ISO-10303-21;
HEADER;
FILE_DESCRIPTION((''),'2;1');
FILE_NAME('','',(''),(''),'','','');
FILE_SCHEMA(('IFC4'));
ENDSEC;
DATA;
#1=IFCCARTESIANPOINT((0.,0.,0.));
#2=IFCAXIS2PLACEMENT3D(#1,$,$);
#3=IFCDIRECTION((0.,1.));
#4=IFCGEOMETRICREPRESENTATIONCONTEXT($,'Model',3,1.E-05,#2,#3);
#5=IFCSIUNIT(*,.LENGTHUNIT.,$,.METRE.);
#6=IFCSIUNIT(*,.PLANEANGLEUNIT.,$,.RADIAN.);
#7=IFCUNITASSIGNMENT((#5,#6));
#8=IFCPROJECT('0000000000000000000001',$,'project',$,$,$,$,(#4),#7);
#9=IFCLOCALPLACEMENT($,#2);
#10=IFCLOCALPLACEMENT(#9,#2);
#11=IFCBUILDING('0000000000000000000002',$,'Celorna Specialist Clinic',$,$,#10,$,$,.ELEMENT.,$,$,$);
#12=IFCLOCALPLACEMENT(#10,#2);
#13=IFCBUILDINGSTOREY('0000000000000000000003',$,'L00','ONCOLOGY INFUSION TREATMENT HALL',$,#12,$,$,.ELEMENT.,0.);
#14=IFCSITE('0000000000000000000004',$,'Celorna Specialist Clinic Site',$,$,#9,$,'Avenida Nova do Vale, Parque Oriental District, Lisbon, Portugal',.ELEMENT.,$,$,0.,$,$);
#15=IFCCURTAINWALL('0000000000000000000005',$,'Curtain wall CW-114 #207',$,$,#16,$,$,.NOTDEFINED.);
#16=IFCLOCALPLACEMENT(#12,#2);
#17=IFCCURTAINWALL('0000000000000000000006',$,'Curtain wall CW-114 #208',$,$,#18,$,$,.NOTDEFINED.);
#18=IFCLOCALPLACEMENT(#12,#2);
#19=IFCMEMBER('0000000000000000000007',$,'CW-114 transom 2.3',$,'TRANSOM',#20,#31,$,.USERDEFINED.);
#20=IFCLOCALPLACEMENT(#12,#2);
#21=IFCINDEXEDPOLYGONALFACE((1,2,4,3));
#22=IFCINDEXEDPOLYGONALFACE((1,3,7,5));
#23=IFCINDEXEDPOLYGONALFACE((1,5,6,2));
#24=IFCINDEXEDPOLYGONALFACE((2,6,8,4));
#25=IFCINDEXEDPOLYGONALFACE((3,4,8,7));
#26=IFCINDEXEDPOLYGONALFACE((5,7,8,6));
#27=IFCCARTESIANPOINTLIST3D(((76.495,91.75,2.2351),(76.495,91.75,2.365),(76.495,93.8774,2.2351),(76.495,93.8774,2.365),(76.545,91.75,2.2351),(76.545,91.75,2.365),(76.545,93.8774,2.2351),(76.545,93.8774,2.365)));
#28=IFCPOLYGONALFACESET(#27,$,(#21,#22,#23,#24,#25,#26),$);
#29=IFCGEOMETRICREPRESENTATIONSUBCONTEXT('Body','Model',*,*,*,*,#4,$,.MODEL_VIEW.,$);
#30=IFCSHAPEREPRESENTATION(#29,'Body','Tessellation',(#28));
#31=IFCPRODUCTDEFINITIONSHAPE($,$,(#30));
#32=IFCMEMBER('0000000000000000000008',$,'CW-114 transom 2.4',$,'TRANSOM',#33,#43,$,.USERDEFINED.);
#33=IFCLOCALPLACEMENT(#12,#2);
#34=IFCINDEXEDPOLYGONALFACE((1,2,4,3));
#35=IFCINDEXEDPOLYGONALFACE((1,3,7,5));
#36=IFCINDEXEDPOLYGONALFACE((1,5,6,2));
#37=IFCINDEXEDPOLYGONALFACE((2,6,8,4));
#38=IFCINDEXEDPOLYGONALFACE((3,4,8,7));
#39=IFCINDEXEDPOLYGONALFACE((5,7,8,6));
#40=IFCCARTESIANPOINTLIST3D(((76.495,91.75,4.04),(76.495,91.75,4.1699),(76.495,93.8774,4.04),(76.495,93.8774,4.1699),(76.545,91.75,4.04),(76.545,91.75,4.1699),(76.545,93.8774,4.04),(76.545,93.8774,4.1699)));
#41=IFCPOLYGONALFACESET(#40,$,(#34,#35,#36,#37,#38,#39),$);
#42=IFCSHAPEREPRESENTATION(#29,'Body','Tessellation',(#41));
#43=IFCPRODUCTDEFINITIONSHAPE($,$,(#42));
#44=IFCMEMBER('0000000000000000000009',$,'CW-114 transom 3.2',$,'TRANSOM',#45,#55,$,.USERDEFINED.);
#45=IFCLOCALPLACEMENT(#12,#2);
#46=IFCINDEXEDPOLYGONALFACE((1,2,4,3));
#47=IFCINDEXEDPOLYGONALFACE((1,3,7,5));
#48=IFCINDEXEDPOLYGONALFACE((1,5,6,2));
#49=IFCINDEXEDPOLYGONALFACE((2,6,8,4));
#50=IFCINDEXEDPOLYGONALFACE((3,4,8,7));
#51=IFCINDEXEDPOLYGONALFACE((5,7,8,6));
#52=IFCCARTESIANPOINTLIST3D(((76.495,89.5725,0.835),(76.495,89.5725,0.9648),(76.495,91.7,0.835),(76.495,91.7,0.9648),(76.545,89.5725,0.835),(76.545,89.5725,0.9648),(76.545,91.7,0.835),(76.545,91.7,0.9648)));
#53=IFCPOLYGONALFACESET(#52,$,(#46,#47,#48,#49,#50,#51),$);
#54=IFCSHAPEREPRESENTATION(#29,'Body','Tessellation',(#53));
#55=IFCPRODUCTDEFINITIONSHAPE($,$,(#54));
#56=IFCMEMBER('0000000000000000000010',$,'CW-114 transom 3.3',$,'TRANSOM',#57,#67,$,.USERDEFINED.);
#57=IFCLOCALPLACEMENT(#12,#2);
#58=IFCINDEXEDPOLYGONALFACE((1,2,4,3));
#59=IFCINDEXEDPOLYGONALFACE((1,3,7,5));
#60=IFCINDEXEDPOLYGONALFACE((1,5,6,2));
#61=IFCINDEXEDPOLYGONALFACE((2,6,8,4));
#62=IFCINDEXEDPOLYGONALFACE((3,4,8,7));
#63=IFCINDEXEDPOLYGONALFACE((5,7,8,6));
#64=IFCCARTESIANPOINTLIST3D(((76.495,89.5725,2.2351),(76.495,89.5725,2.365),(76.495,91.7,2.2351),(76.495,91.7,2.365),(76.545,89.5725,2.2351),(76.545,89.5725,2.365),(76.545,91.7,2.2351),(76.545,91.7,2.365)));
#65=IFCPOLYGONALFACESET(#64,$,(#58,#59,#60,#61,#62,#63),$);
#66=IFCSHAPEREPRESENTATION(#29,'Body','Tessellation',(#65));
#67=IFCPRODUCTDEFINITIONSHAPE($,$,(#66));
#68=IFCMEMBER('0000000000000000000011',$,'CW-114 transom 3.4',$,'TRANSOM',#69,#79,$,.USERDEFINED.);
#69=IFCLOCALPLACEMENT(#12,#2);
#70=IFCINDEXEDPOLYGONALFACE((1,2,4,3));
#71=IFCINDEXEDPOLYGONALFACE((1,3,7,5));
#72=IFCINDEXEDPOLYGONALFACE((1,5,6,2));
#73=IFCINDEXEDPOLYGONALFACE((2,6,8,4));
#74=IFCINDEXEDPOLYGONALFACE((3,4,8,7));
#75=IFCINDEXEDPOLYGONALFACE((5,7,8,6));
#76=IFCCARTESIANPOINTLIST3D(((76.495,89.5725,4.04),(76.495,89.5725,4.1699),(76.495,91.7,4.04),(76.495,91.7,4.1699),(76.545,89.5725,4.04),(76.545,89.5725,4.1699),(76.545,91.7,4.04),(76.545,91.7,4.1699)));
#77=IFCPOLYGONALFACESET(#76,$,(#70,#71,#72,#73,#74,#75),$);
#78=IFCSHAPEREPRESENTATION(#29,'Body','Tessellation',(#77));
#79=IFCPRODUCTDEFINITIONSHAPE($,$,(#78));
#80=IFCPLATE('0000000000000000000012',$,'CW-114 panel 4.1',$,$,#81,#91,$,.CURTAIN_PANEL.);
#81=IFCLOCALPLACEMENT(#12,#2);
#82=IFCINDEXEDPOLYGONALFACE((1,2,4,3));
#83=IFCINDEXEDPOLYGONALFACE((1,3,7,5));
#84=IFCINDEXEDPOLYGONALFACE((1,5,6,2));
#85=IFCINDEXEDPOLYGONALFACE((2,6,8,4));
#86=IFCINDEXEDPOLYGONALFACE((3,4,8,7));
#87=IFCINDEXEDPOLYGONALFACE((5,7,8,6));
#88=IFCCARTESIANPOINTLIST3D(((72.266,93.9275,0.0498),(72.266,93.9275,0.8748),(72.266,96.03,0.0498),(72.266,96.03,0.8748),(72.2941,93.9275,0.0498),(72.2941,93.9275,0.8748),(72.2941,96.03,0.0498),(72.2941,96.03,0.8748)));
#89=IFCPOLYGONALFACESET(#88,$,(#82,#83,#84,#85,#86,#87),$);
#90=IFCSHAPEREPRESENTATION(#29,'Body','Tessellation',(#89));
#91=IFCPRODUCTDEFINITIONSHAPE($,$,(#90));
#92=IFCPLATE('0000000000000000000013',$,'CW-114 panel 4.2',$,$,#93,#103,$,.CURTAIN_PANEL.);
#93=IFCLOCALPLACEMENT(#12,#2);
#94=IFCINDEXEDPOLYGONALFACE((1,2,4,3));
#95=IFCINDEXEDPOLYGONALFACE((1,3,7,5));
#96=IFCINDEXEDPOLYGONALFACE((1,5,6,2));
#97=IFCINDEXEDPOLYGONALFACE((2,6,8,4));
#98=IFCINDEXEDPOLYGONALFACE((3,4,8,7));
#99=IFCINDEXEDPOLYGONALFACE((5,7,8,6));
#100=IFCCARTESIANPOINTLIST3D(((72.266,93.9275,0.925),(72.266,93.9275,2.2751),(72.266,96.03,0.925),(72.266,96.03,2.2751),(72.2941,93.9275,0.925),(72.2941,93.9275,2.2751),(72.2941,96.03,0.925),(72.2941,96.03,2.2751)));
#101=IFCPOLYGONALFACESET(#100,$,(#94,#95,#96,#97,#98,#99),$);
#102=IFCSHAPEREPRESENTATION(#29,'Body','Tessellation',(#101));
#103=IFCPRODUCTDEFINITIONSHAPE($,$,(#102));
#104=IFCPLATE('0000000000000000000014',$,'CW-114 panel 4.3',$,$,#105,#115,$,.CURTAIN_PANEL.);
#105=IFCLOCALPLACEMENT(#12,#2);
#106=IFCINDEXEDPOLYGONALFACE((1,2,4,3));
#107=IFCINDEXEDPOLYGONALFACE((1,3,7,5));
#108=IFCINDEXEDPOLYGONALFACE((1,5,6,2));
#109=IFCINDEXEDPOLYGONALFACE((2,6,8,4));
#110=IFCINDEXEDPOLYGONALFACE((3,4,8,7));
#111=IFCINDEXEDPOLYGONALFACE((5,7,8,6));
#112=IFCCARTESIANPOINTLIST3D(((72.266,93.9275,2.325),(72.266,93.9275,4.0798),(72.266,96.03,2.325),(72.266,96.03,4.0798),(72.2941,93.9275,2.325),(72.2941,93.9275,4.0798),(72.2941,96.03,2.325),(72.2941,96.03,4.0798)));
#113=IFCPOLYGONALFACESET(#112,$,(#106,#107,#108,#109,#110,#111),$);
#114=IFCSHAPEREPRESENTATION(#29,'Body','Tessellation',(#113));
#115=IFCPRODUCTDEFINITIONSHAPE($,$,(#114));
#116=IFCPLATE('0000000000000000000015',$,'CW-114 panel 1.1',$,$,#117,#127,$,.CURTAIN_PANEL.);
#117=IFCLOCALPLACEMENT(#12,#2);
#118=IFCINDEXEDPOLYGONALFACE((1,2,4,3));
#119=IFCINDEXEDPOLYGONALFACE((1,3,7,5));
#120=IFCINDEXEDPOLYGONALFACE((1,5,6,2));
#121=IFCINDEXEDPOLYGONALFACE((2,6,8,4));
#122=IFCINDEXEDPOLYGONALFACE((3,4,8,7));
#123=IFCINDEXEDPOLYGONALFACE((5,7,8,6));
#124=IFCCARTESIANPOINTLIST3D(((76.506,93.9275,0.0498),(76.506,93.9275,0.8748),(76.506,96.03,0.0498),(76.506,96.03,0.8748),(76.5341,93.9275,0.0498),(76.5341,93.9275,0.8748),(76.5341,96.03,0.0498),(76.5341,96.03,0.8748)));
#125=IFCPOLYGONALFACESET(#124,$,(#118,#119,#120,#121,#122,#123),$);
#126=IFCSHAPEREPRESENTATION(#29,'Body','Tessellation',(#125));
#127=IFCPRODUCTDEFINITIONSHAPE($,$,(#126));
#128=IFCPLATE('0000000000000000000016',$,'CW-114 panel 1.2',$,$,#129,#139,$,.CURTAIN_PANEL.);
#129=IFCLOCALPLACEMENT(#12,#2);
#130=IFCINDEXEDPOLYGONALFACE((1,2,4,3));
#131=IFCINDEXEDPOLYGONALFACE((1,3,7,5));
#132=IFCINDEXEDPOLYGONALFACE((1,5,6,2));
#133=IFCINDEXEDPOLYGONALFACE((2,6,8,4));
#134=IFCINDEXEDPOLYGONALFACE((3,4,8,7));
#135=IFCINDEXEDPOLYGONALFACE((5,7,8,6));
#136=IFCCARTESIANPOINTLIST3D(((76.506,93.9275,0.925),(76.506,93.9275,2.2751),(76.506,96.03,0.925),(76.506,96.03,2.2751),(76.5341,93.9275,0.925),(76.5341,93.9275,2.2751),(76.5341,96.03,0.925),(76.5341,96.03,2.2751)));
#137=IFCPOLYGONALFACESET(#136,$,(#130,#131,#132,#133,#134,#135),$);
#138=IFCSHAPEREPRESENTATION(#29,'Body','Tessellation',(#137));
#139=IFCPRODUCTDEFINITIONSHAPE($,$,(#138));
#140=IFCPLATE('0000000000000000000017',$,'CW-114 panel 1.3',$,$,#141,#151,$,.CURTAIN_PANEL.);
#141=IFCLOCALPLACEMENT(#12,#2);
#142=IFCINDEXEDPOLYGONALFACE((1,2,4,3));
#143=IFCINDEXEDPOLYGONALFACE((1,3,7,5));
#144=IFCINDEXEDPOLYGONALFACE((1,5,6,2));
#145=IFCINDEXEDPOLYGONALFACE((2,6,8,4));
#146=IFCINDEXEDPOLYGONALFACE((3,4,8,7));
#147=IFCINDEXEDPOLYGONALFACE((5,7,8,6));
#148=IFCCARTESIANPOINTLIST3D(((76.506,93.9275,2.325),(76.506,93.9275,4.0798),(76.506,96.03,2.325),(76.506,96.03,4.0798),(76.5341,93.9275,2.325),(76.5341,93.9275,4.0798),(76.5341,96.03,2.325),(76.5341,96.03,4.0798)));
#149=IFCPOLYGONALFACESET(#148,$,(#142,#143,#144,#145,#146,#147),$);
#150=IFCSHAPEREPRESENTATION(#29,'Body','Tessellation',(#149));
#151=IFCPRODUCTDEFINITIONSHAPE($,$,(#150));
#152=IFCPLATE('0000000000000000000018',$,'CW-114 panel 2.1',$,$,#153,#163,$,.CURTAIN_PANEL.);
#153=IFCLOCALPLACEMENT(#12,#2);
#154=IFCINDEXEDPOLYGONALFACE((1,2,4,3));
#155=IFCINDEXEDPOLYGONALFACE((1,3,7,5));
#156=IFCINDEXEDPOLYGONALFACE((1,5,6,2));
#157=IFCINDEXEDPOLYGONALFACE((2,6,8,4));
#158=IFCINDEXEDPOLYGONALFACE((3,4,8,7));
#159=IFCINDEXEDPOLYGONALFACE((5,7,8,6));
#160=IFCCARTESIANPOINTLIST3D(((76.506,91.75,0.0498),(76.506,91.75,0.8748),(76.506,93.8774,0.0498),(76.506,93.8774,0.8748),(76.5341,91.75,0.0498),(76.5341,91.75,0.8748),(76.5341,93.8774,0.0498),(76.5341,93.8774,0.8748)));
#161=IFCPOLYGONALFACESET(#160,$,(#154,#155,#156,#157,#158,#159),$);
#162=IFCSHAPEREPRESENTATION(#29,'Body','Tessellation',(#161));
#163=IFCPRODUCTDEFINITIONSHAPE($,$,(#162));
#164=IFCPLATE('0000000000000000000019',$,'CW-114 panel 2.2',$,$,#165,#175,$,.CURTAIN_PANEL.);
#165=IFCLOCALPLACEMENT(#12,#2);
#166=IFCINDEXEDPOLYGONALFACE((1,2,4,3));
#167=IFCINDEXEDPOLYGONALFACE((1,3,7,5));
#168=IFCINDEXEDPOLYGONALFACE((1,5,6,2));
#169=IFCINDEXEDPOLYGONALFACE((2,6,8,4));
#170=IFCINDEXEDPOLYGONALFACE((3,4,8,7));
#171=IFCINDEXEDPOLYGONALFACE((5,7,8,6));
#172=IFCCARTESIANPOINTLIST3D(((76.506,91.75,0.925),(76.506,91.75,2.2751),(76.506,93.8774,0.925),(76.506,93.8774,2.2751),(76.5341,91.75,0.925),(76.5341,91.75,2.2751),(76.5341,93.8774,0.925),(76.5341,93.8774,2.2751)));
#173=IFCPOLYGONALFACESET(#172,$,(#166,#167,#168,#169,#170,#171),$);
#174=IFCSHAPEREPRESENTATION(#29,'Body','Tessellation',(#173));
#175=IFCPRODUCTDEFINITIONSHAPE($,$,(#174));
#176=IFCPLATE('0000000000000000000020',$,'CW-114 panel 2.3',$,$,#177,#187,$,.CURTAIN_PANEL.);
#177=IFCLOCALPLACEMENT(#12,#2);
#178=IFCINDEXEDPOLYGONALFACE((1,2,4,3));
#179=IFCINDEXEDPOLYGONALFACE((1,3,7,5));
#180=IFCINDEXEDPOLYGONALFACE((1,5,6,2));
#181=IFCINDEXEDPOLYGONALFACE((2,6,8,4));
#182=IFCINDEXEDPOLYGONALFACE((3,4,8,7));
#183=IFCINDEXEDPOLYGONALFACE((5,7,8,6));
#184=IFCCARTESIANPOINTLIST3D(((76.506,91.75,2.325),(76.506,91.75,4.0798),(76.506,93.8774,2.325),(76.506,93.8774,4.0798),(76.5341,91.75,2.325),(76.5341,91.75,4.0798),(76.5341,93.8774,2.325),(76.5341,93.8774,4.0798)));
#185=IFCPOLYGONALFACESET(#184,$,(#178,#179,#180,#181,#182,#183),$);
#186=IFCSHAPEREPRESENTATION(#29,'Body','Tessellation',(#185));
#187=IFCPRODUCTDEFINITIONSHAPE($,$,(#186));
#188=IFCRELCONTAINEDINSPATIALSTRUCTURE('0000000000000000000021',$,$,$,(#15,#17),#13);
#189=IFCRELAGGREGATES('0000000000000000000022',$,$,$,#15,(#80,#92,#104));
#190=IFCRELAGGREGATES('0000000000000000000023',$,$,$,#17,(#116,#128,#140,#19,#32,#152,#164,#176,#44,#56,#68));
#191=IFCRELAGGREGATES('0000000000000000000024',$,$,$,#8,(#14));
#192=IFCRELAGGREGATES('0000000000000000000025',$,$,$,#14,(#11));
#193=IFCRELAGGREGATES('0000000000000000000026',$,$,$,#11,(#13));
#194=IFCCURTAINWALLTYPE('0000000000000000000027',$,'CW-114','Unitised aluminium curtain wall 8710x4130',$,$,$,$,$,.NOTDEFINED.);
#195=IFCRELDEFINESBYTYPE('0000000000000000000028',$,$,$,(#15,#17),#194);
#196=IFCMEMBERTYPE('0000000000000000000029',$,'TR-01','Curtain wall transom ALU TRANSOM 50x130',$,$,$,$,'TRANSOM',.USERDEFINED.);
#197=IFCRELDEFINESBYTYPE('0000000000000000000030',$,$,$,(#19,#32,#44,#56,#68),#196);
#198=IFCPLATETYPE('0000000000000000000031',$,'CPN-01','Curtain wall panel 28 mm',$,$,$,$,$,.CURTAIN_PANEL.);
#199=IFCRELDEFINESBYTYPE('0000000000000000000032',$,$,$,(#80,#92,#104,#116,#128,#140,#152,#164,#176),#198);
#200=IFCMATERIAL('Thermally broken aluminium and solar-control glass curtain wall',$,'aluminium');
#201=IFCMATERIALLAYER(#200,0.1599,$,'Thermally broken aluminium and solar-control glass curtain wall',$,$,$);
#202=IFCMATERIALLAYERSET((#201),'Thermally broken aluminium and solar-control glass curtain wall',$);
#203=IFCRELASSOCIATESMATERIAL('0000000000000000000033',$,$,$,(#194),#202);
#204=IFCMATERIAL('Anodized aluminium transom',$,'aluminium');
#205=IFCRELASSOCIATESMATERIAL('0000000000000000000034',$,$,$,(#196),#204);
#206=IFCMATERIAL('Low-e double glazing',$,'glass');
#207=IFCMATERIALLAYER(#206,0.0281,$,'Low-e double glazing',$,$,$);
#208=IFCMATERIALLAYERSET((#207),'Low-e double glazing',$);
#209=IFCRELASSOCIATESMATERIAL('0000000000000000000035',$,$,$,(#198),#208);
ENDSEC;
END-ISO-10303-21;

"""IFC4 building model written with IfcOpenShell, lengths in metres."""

from ifc_helpers import new_model, si_unit, direction, frame, origin, origin_2d, place, context, subcontext, project, spatial, rectangle, extrude, material, layer, layer_set, material_profile, profile_set, type_object, element, aggregate, save


model = new_model("IFC4")

# Units and contexts
model_context = context("Model", 3, precision=1e-05, world=origin(), true_north=direction((0.0, 1.0)))
body_context = subcontext(model_context, "Body", "Model", "MODEL_VIEW")
ifc_project = project(units=[si_unit("LENGTHUNIT", "METRE"), si_unit("PLANEANGLEUNIT", "RADIAN")], contexts=[model_context])

# Site, building, storey
site_placement = place(None, origin())
site = spatial("IfcSite", under=ifc_project, at=site_placement, Name="Celorna Specialist Clinic Site", LongName="Avenida Nova do Vale, Parque Oriental District, Lisbon, Portugal", CompositionType="ELEMENT", RefElevation=0.0)
building_placement = place(site_placement, origin())
building = spatial("IfcBuilding", under=site, at=building_placement, Name="Celorna Specialist Clinic", CompositionType="ELEMENT")
storey_placement = place(building_placement, origin())
storey = spatial("IfcBuildingStorey", under=building, at=storey_placement, Name="L00", Description="ONCOLOGY INFUSION TREATMENT HALL", CompositionType="ELEMENT", Elevation=0.0)

# Curtain wall
ifc_material_1 = material(Name="Thermally broken aluminium and solar-control glass curtain wall", Category="aluminium")
ifc_layer_1 = layer(ifc_material_1, 0.1599, Name="Thermally broken aluminium and solar-control glass curtain wall")
ifc_layer_set_1 = layer_set([ifc_layer_1], Name="Thermally broken aluminium and solar-control glass curtain wall")
curtain_wall_type = type_object("IfcCurtainWallType", Name="CW-114", Description="Unitised aluminium curtain wall 8710x4130", PredefinedType="NOTDEFINED", material=ifc_layer_set_1)
curtain_wall_1_placement = place(storey_placement, origin())
curtain_wall_1 = element("IfcCurtainWall", 1, at=curtain_wall_1_placement, inside=storey, type_object=curtain_wall_type, Name="Curtain wall CW-114 #207", PredefinedType="NOTDEFINED")

# Curtain wall
curtain_wall_2_placement = place(storey_placement, origin())
curtain_wall_2 = element("IfcCurtainWall", 2, at=curtain_wall_2_placement, inside=storey, type_object=curtain_wall_type, Name="Curtain wall CW-114 #208", PredefinedType="NOTDEFINED")

# Members
ifc_material_2 = material(Name="Anodized aluminium transom", Category="aluminium")
ifc_material_profile_1 = material_profile(ifc_material_2, rectangle(XDim=0.05, YDim=0.1299, at=origin_2d()), Name="ALU TRANSOM 50x130")
ifc_profile_set_1 = profile_set([ifc_material_profile_1], Name="Anodized aluminium transom")
member_type_1 = type_object("IfcMemberType", Name="TR-01", Description="Curtain wall transom ALU TRANSOM 50x130", ElementType="TRANSOM", PredefinedType="USERDEFINED", material=ifc_profile_set_1)
member_1_placement = place(storey_placement, frame((76.52, 93.8774, 2.3), z_axis=(0.0, -1.0, 0.0), x_axis=(1.0, 0.0, 0.0)))
member_1 = element("IfcMember", 3, at=member_1_placement, type_object=member_type_1, Name="CW-114 transom 2.3", ObjectType="TRANSOM", PredefinedType="USERDEFINED", context=body_context, shape_type="SweptSolid", body=[
    extrude(rectangle(XDim=0.05, YDim=0.1299, at=origin_2d()), origin(), (0.0, 0.0, 1.0), 2.1274),
])
member_2_placement = place(storey_placement, frame((76.52, 93.8774, 4.105), z_axis=(0.0, -1.0, 0.0), x_axis=(1.0, 0.0, 0.0)))
member_2 = element("IfcMember", 4, at=member_2_placement, type_object=member_type_1, Name="CW-114 transom 2.4", ObjectType="TRANSOM", PredefinedType="USERDEFINED", context=body_context, shape_type="SweptSolid", body=[
    extrude(rectangle(XDim=0.05, YDim=0.1299, at=origin_2d()), origin(), (0.0, 0.0, 1.0), 2.1274),
])
member_3_placement = place(storey_placement, frame((76.52, 91.7, 0.8999), z_axis=(0.0, -1.0, 0.0), x_axis=(1.0, 0.0, 0.0)))
member_3 = element("IfcMember", 5, at=member_3_placement, type_object=member_type_1, Name="CW-114 transom 3.2", ObjectType="TRANSOM", PredefinedType="USERDEFINED", context=body_context, shape_type="SweptSolid", body=[
    extrude(rectangle(XDim=0.05, YDim=0.1299, at=origin_2d()), origin(), (0.0, 0.0, 1.0), 2.1274),
])
member_4_placement = place(storey_placement, frame((76.52, 91.7, 2.3), z_axis=(0.0, -1.0, 0.0), x_axis=(1.0, 0.0, 0.0)))
member_4 = element("IfcMember", 6, at=member_4_placement, type_object=member_type_1, Name="CW-114 transom 3.3", ObjectType="TRANSOM", PredefinedType="USERDEFINED", context=body_context, shape_type="SweptSolid", body=[
    extrude(rectangle(XDim=0.05, YDim=0.1299, at=origin_2d()), origin(), (0.0, 0.0, 1.0), 2.1274),
])
member_5_placement = place(storey_placement, frame((76.52, 91.7, 4.105), z_axis=(0.0, -1.0, 0.0), x_axis=(1.0, 0.0, 0.0)))
member_5 = element("IfcMember", 7, at=member_5_placement, type_object=member_type_1, Name="CW-114 transom 3.4", ObjectType="TRANSOM", PredefinedType="USERDEFINED", context=body_context, shape_type="SweptSolid", body=[
    extrude(rectangle(XDim=0.05, YDim=0.1299, at=origin_2d()), origin(), (0.0, 0.0, 1.0), 2.1274),
])

# Plates
ifc_material_3 = material(Name="Low-e double glazing", Category="glass")
ifc_layer_2 = layer(ifc_material_3, 0.0281, Name="Low-e double glazing")
ifc_layer_set_2 = layer_set([ifc_layer_2], Name="Low-e double glazing")
plate_type_1 = type_object("IfcPlateType", Name="CPN-01", Description="Curtain wall panel 28 mm", PredefinedType="CURTAIN_PANEL", material=ifc_layer_set_2)
plate_1_placement = place(storey_placement, frame((72.28, 94.9788, 0.0498), z_axis=(0.0, 0.0, 1.0), x_axis=(0.0, 1.0, 0.0)))
plate_1 = element("IfcPlate", 8, at=plate_1_placement, type_object=plate_type_1, Name="CW-114 panel 4.1", PredefinedType="CURTAIN_PANEL", context=body_context, shape_type="SweptSolid", body=[
    extrude(rectangle(XDim=2.1025, YDim=0.0281, at=origin_2d()), origin(), (0.0, 0.0, 1.0), 0.825),
])
plate_2_placement = place(storey_placement, frame((72.28, 94.9788, 0.925), z_axis=(0.0, 0.0, 1.0), x_axis=(0.0, 1.0, 0.0)))
plate_2 = element("IfcPlate", 9, at=plate_2_placement, type_object=plate_type_1, Name="CW-114 panel 4.2", PredefinedType="CURTAIN_PANEL", context=body_context, shape_type="SweptSolid", body=[
    extrude(rectangle(XDim=2.1025, YDim=0.0281, at=origin_2d()), origin(), (0.0, 0.0, 1.0), 1.3501),
])
plate_3_placement = place(storey_placement, frame((72.28, 94.9788, 2.325), z_axis=(0.0, 0.0, 1.0), x_axis=(0.0, 1.0, 0.0)))
plate_3 = element("IfcPlate", 10, at=plate_3_placement, type_object=plate_type_1, Name="CW-114 panel 4.3", PredefinedType="CURTAIN_PANEL", context=body_context, shape_type="SweptSolid", body=[
    extrude(rectangle(XDim=2.1025, YDim=0.0281, at=origin_2d()), origin(), (0.0, 0.0, 1.0), 1.7549),
])
aggregate(curtain_wall_1, [plate_1, plate_2, plate_3])
plate_4_placement = place(storey_placement, frame((76.52, 94.9788, 0.0498), z_axis=(0.0, 0.0, 1.0), x_axis=(0.0, -1.0, 0.0)))
plate_4 = element("IfcPlate", 11, at=plate_4_placement, type_object=plate_type_1, Name="CW-114 panel 1.1", PredefinedType="CURTAIN_PANEL", context=body_context, shape_type="SweptSolid", body=[
    extrude(rectangle(XDim=2.1025, YDim=0.0281, at=origin_2d()), origin(), (0.0, 0.0, 1.0), 0.825),
])
plate_5_placement = place(storey_placement, frame((76.52, 94.9788, 0.925), z_axis=(0.0, 0.0, 1.0), x_axis=(0.0, -1.0, 0.0)))
plate_5 = element("IfcPlate", 12, at=plate_5_placement, type_object=plate_type_1, Name="CW-114 panel 1.2", PredefinedType="CURTAIN_PANEL", context=body_context, shape_type="SweptSolid", body=[
    extrude(rectangle(XDim=2.1025, YDim=0.0281, at=origin_2d()), origin(), (0.0, 0.0, 1.0), 1.3501),
])
plate_6_placement = place(storey_placement, frame((76.52, 94.9788, 2.325), z_axis=(0.0, 0.0, 1.0), x_axis=(0.0, -1.0, 0.0)))
plate_6 = element("IfcPlate", 13, at=plate_6_placement, type_object=plate_type_1, Name="CW-114 panel 1.3", PredefinedType="CURTAIN_PANEL", context=body_context, shape_type="SweptSolid", body=[
    extrude(rectangle(XDim=2.1025, YDim=0.0281, at=origin_2d()), origin(), (0.0, 0.0, 1.0), 1.7549),
])
plate_7_placement = place(storey_placement, frame((76.52, 92.8137, 0.0498), z_axis=(0.0, 0.0, 1.0), x_axis=(0.0, -1.0, 0.0)))
plate_7 = element("IfcPlate", 14, at=plate_7_placement, type_object=plate_type_1, Name="CW-114 panel 2.1", PredefinedType="CURTAIN_PANEL", context=body_context, shape_type="SweptSolid", body=[
    extrude(rectangle(XDim=2.1274, YDim=0.0281, at=origin_2d()), origin(), (0.0, 0.0, 1.0), 0.825),
])
plate_8_placement = place(storey_placement, frame((76.52, 92.8137, 0.925), z_axis=(0.0, 0.0, 1.0), x_axis=(0.0, -1.0, 0.0)))
plate_8 = element("IfcPlate", 15, at=plate_8_placement, type_object=plate_type_1, Name="CW-114 panel 2.2", PredefinedType="CURTAIN_PANEL", context=body_context, shape_type="SweptSolid", body=[
    extrude(rectangle(XDim=2.1274, YDim=0.0281, at=origin_2d()), origin(), (0.0, 0.0, 1.0), 1.3501),
])
plate_9_placement = place(storey_placement, frame((76.52, 92.8137, 2.325), z_axis=(0.0, 0.0, 1.0), x_axis=(0.0, -1.0, 0.0)))
plate_9 = element("IfcPlate", 16, at=plate_9_placement, type_object=plate_type_1, Name="CW-114 panel 2.3", PredefinedType="CURTAIN_PANEL", context=body_context, shape_type="SweptSolid", body=[
    extrude(rectangle(XDim=2.1274, YDim=0.0281, at=origin_2d()), origin(), (0.0, 0.0, 1.0), 1.7549),
])
aggregate(curtain_wall_2, [plate_4, plate_5, plate_6, member_1, member_2, plate_7, plate_8, plate_9, member_3, member_4, member_5])

save(model, "model.ifc")
